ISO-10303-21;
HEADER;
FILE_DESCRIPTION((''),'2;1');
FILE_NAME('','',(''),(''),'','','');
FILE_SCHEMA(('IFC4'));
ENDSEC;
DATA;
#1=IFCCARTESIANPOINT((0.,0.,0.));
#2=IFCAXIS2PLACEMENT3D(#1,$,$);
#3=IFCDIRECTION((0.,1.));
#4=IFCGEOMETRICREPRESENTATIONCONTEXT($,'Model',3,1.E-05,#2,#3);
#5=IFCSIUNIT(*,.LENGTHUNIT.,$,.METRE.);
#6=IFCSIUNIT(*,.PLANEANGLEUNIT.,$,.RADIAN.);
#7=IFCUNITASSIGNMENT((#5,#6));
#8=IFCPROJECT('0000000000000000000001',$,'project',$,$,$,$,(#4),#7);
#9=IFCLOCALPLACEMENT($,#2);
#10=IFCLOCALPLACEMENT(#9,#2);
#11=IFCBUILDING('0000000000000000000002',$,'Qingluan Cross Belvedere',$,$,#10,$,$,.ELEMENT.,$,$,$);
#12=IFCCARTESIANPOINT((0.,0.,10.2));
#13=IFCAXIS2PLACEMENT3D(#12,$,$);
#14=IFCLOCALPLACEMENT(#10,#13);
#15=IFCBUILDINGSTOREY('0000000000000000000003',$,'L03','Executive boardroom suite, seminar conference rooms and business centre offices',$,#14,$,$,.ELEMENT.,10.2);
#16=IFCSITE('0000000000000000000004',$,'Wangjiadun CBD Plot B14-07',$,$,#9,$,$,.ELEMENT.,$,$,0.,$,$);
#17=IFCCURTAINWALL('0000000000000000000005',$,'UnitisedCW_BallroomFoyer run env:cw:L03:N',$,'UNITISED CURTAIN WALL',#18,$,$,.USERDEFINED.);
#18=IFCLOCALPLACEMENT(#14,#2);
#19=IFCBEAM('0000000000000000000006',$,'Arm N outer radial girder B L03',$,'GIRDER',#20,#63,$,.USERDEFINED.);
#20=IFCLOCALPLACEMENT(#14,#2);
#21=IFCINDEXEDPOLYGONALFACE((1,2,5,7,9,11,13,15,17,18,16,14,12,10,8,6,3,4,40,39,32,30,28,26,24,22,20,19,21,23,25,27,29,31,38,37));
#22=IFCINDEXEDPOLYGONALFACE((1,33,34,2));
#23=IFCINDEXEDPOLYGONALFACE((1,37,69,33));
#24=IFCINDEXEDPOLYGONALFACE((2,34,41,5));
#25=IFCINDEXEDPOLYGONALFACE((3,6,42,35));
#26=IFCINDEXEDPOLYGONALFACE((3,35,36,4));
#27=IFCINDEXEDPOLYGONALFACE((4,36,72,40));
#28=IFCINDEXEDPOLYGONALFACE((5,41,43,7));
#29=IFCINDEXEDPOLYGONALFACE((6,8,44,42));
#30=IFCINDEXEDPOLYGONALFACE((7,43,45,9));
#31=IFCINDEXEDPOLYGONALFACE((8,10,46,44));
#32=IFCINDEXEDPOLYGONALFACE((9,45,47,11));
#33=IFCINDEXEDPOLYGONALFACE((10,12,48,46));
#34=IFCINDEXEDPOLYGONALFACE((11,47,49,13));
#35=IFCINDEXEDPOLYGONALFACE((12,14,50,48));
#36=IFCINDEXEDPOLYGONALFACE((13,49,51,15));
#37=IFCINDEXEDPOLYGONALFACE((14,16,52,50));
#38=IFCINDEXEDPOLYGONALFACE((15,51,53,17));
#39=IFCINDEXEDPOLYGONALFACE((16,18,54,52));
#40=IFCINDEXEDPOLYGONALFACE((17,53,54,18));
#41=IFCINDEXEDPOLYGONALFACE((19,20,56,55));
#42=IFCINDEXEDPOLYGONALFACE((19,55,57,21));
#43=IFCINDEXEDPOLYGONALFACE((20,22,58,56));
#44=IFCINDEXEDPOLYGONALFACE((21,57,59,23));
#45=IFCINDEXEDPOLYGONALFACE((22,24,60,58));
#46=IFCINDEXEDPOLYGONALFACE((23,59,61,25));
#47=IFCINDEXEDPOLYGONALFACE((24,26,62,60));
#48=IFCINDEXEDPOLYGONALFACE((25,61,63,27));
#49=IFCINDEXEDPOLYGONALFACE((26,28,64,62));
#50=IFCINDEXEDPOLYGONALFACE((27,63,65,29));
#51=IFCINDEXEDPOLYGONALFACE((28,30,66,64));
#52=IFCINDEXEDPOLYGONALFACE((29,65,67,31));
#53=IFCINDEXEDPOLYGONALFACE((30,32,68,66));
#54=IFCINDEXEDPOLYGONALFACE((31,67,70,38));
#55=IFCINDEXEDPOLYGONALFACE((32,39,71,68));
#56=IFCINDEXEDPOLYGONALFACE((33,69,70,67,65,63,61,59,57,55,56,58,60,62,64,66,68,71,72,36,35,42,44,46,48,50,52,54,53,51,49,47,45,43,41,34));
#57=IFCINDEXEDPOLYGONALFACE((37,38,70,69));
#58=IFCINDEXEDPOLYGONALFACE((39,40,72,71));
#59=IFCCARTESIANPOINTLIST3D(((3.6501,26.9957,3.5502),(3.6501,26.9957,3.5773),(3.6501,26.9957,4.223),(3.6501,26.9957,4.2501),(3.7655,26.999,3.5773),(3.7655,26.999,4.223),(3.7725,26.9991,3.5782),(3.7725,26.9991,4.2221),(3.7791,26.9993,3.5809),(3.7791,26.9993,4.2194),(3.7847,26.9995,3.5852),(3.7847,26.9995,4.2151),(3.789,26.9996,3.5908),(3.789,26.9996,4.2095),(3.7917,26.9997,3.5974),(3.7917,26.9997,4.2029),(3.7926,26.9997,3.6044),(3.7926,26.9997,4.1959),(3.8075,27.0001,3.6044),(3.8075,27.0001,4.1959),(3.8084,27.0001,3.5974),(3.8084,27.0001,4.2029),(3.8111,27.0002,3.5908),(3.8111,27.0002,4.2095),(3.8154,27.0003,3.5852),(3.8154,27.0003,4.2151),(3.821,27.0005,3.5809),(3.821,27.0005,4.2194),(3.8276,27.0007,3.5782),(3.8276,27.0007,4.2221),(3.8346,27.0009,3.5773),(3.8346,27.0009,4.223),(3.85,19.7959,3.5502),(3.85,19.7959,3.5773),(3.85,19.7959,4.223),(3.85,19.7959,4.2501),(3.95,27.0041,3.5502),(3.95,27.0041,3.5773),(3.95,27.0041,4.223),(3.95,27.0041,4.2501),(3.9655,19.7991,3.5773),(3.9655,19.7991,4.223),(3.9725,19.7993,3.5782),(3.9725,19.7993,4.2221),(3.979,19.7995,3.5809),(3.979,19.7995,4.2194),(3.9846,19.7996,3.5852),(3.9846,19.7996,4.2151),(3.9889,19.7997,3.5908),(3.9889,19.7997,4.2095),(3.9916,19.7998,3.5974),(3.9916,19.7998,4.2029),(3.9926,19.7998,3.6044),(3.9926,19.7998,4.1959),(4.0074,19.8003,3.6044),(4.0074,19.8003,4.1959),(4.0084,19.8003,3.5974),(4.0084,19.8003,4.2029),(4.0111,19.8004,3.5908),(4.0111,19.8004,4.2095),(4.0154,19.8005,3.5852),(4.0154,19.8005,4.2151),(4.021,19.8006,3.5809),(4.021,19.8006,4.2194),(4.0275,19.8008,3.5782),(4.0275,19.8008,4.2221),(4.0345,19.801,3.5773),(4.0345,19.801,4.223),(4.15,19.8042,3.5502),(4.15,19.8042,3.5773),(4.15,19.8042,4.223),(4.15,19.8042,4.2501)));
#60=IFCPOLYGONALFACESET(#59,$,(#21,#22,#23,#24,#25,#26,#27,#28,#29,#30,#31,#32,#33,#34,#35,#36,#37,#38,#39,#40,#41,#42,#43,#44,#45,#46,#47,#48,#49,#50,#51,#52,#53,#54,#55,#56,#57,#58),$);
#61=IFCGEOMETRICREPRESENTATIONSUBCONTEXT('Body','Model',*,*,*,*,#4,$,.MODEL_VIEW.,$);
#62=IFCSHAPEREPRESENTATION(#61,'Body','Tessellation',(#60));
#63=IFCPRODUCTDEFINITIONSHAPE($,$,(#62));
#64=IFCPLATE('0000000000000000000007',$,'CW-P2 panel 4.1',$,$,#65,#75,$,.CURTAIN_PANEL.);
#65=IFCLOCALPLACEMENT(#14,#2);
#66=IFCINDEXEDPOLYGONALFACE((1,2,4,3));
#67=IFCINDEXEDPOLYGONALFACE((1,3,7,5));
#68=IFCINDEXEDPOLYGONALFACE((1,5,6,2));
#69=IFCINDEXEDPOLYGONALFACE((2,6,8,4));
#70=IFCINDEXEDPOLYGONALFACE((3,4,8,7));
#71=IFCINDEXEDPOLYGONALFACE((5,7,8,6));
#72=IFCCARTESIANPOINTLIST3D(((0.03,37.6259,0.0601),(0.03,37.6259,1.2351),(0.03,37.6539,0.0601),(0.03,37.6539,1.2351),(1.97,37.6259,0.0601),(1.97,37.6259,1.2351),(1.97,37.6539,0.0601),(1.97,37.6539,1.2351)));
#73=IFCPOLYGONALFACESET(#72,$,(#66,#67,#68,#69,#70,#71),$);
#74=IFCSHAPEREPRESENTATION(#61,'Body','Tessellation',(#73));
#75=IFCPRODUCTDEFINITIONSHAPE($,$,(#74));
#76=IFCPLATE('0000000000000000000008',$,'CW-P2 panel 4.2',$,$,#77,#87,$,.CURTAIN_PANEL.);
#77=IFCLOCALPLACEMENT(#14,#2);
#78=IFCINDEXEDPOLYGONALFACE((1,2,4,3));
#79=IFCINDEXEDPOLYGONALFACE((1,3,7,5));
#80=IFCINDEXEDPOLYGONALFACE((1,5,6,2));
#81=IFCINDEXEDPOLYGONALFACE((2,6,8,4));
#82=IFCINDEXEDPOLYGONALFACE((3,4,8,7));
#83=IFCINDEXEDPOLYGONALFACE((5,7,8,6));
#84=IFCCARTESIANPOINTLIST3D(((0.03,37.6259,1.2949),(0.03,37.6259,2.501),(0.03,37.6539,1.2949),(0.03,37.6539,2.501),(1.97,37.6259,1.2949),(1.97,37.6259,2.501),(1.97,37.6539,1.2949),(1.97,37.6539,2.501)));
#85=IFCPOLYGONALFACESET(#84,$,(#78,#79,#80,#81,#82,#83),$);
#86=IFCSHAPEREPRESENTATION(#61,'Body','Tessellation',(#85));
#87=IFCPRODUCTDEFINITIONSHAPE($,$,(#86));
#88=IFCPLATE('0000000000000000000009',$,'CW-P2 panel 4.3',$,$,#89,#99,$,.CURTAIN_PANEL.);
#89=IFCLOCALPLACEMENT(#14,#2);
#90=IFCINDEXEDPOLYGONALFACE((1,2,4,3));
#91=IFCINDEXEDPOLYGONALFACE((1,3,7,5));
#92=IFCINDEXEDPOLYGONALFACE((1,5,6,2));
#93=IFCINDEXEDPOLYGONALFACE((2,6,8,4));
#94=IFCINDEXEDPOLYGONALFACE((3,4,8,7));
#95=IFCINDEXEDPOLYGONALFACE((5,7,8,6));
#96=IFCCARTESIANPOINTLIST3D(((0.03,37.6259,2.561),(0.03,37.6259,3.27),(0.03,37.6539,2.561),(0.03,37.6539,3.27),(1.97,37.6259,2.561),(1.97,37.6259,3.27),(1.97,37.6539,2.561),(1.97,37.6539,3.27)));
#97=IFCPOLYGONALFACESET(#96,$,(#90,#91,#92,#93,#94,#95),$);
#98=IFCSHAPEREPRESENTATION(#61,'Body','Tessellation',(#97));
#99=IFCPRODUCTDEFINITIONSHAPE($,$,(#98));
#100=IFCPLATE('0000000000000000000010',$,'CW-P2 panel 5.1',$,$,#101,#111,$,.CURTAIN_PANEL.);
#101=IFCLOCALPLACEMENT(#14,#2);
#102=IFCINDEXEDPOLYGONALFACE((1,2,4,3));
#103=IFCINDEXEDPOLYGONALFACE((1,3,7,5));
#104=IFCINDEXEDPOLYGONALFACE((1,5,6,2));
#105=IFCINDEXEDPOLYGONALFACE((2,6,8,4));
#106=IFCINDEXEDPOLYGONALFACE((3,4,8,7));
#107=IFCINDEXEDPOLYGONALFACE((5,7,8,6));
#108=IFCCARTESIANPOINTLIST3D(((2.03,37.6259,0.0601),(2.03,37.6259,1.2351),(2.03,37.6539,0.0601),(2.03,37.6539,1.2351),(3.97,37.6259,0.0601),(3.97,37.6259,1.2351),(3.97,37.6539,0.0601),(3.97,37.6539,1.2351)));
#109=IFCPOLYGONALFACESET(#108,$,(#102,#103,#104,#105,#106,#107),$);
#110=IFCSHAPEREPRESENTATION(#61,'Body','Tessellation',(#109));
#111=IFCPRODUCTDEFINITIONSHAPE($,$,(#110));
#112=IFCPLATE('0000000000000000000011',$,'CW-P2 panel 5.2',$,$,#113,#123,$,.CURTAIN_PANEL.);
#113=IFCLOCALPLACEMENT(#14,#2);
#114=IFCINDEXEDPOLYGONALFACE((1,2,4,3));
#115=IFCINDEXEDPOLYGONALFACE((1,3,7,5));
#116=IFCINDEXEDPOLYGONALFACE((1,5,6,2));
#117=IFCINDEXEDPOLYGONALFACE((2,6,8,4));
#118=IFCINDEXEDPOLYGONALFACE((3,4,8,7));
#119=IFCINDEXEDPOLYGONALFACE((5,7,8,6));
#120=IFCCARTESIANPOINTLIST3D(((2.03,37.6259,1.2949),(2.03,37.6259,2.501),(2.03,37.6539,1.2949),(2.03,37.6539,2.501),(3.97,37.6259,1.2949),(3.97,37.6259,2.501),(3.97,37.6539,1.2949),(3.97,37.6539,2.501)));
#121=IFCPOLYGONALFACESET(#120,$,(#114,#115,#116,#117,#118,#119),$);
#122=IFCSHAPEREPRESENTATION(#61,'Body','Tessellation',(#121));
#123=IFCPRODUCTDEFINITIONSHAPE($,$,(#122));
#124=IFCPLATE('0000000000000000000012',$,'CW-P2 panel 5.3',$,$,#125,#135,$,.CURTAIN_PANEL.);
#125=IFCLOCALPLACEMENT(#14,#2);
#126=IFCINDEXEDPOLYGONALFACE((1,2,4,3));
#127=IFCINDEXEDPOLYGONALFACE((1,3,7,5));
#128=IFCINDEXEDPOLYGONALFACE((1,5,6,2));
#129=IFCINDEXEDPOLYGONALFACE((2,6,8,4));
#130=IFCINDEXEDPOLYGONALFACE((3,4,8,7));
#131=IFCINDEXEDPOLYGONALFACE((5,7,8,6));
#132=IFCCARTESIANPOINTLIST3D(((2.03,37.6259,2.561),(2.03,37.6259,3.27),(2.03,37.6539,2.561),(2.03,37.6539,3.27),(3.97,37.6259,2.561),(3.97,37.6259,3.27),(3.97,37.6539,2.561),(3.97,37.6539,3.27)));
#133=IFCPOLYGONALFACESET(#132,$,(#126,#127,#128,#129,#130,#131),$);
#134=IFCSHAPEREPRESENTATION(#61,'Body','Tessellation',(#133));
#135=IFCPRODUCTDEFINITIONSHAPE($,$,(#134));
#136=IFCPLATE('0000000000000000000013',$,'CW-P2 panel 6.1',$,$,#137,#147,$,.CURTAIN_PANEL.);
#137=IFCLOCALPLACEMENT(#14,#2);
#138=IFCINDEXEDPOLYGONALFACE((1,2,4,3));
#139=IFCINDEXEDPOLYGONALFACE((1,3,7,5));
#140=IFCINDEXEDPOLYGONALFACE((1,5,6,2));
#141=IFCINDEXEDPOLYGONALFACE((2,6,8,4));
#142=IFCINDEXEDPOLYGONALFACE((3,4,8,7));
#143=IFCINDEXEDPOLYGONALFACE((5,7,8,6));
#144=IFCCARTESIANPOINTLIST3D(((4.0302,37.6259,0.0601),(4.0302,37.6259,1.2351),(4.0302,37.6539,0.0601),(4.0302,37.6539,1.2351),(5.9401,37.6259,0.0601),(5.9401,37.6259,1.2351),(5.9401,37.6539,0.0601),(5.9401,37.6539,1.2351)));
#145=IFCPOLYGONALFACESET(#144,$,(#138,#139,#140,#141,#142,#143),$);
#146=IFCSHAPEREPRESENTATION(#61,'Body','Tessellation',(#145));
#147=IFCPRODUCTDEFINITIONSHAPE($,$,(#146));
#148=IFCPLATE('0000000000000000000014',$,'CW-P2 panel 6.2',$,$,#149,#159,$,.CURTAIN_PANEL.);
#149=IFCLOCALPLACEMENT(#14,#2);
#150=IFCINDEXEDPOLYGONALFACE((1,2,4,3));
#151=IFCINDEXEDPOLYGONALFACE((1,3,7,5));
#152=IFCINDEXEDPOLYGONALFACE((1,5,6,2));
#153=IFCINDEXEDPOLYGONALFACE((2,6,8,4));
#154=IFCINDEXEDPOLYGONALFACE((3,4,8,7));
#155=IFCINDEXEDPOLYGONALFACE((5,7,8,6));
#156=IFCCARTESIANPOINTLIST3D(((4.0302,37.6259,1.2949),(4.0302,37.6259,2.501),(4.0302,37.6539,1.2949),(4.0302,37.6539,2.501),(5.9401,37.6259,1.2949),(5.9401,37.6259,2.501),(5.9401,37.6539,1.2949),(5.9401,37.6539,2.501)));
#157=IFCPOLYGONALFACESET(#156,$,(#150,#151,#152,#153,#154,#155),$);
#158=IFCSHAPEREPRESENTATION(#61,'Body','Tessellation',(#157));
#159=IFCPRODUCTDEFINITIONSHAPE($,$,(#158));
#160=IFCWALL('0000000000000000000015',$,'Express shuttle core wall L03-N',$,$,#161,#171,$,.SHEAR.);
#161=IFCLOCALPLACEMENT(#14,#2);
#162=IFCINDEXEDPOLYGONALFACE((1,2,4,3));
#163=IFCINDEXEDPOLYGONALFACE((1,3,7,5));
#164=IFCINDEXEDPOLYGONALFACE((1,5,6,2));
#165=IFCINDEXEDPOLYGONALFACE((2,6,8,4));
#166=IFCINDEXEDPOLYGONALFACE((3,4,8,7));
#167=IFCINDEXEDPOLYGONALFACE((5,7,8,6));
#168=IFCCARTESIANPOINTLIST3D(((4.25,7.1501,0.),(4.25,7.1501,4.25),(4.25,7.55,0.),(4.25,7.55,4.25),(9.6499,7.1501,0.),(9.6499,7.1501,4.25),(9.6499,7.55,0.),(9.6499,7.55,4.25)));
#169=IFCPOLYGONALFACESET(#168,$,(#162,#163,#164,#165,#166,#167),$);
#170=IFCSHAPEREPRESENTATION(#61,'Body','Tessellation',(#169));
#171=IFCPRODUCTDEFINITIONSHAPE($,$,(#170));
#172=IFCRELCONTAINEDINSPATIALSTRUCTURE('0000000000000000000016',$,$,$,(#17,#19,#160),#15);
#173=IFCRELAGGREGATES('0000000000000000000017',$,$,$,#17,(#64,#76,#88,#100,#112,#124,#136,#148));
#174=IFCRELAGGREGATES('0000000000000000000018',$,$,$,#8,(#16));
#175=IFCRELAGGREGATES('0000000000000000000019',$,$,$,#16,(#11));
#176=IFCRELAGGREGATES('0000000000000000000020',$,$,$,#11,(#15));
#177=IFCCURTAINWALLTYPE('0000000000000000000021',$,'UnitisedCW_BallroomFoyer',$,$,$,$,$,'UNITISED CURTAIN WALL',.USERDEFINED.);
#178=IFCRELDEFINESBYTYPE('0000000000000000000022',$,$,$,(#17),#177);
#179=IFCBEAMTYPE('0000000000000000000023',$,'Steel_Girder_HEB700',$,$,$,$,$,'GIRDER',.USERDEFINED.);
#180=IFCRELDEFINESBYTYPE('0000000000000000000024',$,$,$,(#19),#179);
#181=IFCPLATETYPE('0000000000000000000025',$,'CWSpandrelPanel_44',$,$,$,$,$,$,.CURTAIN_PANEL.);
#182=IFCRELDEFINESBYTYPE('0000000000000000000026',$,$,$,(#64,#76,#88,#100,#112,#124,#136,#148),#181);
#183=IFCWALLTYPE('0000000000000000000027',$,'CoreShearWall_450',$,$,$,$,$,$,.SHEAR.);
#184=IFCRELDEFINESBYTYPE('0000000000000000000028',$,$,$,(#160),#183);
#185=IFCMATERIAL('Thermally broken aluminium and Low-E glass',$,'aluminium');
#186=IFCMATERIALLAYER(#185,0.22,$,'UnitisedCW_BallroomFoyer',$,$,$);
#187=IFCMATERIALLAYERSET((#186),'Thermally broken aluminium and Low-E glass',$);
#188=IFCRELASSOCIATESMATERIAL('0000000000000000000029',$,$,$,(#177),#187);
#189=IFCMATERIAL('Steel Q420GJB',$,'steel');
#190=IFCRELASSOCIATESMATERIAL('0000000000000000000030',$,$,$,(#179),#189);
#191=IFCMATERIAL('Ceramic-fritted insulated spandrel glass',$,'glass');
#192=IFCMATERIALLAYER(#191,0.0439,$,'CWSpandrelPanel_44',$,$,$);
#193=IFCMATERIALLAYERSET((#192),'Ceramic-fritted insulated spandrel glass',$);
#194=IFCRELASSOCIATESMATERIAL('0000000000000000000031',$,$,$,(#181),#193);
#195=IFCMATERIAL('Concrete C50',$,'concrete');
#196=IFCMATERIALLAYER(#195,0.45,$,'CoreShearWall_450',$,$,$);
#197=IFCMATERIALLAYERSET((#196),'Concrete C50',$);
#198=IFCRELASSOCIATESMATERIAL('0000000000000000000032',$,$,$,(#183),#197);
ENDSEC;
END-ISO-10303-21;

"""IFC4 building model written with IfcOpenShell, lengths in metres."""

from ifc_helpers import new_model, si_unit, direction, frame, frame_2d, origin, origin_2d, place, context, subcontext, project, spatial, rectangle, i_section, extrude, material, layer, layer_set, material_profile, profile_set, type_object, element, aggregate, save


model = new_model("IFC4")

# Units and contexts
model_context = context("Model", 3, precision=1e-05, world=origin(), true_north=direction((0.0, 1.0)))
body_context = subcontext(model_context, "Body", "Model", "MODEL_VIEW")
ifc_project = project(units=[si_unit("LENGTHUNIT", "METRE"), si_unit("PLANEANGLEUNIT", "RADIAN")], contexts=[model_context])

# Site, building, storey
site_placement = place(None, origin())
site = spatial("IfcSite", under=ifc_project, at=site_placement, Name="Wangjiadun CBD Plot B14-07", CompositionType="ELEMENT", RefElevation=0.0)
building_placement = place(site_placement, origin())
building = spatial("IfcBuilding", under=site, at=building_placement, Name="Qingluan Cross Belvedere", CompositionType="ELEMENT")
storey_placement = place(building_placement, frame((0.0, 0.0, 10.2)))
storey = spatial("IfcBuildingStorey", under=building, at=storey_placement, Name="L03", Description="Executive boardroom suite, seminar conference rooms and business centre offices", CompositionType="ELEMENT", Elevation=10.2)

# Curtain wall
ifc_material_1 = material(Name="Thermally broken aluminium and Low-E glass", Category="aluminium")
ifc_layer_1 = layer(ifc_material_1, 0.22, Name="UnitisedCW_BallroomFoyer")
ifc_layer_set_1 = layer_set([ifc_layer_1], Name="Thermally broken aluminium and Low-E glass")
curtain_wall_type = type_object("IfcCurtainWallType", Name="UnitisedCW_BallroomFoyer", ElementType="UNITISED CURTAIN WALL", PredefinedType="USERDEFINED", material=ifc_layer_set_1)
curtain_wall_placement = place(storey_placement, origin())
curtain_wall = element("IfcCurtainWall", 1, at=curtain_wall_placement, inside=storey, type_object=curtain_wall_type, Name="UnitisedCW_BallroomFoyer run env:cw:L03:N", ObjectType="UNITISED CURTAIN WALL", PredefinedType="USERDEFINED")

# Beam
ifc_material_2 = material(Name="Steel Q420GJB", Category="steel")
ifc_material_profile_1 = material_profile(ifc_material_2, i_section(OverallWidth=0.3, OverallDepth=0.7, WebThickness=0.0149, FlangeThickness=0.0271, FilletRadius=0.0271, at=origin_2d()), Name="HEB700")
ifc_profile_set_1 = profile_set([ifc_material_profile_1], Name="Steel Q420GJB")
beam_type = type_object("IfcBeamType", Name="Steel_Girder_HEB700", ElementType="GIRDER", PredefinedType="USERDEFINED", material=ifc_profile_set_1)
beam_1_placement = place(storey_placement, frame((4.0, 19.8, 3.9001), z_axis=(-0.02776, 0.999615, 0.0), x_axis=(-0.999615, -0.02776, 0.0)))
element("IfcBeam", 2, at=beam_1_placement, inside=storey, type_object=beam_type, Name="Arm N outer radial girder B L03", ObjectType="GIRDER", PredefinedType="USERDEFINED", context=body_context, shape_type="SweptSolid", body=[
    extrude(i_section(OverallWidth=0.3, OverallDepth=0.7, WebThickness=0.0149, FlangeThickness=0.0271, FilletRadius=0.0271, at=origin_2d()), origin(), (0.0, 0.0, 1.0), 7.2026),
])

# Plates
ifc_material_3 = material(Name="Ceramic-fritted insulated spandrel glass", Category="glass")
ifc_layer_2 = layer(ifc_material_3, 0.0439, Name="CWSpandrelPanel_44")
ifc_layer_set_2 = layer_set([ifc_layer_2], Name="Ceramic-fritted insulated spandrel glass")
plate_type = type_object("IfcPlateType", Name="CWSpandrelPanel_44", PredefinedType="CURTAIN_PANEL", material=ifc_layer_set_2)
plate_1_placement = place(storey_placement, frame((1.0, 37.6399, 0.0601), z_axis=(0.0, 0.0, 1.0), x_axis=(1.0, 0.0, 0.0)))
plate_1 = element("IfcPlate", 3, at=plate_1_placement, type_object=plate_type, Name="CW-P2 panel 4.1", PredefinedType="CURTAIN_PANEL", context=body_context, shape_type="SweptSolid", body=[
    extrude(rectangle(XDim=1.9399, YDim=0.0281, at=origin_2d()), origin(), (0.0, 0.0, 1.0), 1.175),
])
plate_2_placement = place(storey_placement, frame((1.0, 37.6399, 1.2949), z_axis=(0.0, 0.0, 1.0), x_axis=(1.0, 0.0, 0.0)))
plate_2 = element("IfcPlate", 4, at=plate_2_placement, type_object=plate_type, Name="CW-P2 panel 4.2", PredefinedType="CURTAIN_PANEL", context=body_context, shape_type="SweptSolid", body=[
    extrude(rectangle(XDim=1.9399, YDim=0.0281, at=origin_2d()), origin(), (0.0, 0.0, 1.0), 1.2061),
])
plate_3_placement = place(storey_placement, frame((1.0, 37.6399, 2.561), z_axis=(0.0, 0.0, 1.0), x_axis=(1.0, 0.0, 0.0)))
plate_3 = element("IfcPlate", 5, at=plate_3_placement, type_object=plate_type, Name="CW-P2 panel 4.3", PredefinedType="CURTAIN_PANEL", context=body_context, shape_type="SweptSolid", body=[
    extrude(rectangle(XDim=1.9399, YDim=0.0281, at=origin_2d()), origin(), (0.0, 0.0, 1.0), 0.709),
])
plate_4_placement = place(storey_placement, frame((3.0, 37.6399, 0.0601), z_axis=(0.0, 0.0, 1.0), x_axis=(1.0, 0.0, 0.0)))
plate_4 = element("IfcPlate", 6, at=plate_4_placement, type_object=plate_type, Name="CW-P2 panel 5.1", PredefinedType="CURTAIN_PANEL", context=body_context, shape_type="SweptSolid", body=[
    extrude(rectangle(XDim=1.9399, YDim=0.0281, at=origin_2d()), origin(), (0.0, 0.0, 1.0), 1.175),
])
plate_5_placement = place(storey_placement, frame((3.0, 37.6399, 1.2949), z_axis=(0.0, 0.0, 1.0), x_axis=(1.0, 0.0, 0.0)))
plate_5 = element("IfcPlate", 7, at=plate_5_placement, type_object=plate_type, Name="CW-P2 panel 5.2", PredefinedType="CURTAIN_PANEL", context=body_context, shape_type="SweptSolid", body=[
    extrude(rectangle(XDim=1.9399, YDim=0.0281, at=origin_2d()), origin(), (0.0, 0.0, 1.0), 1.2061),
])
plate_6_placement = place(storey_placement, frame((3.0, 37.6399, 2.561), z_axis=(0.0, 0.0, 1.0), x_axis=(1.0, 0.0, 0.0)))
plate_6 = element("IfcPlate", 8, at=plate_6_placement, type_object=plate_type, Name="CW-P2 panel 5.3", PredefinedType="CURTAIN_PANEL", context=body_context, shape_type="SweptSolid", body=[
    extrude(rectangle(XDim=1.9399, YDim=0.0281, at=origin_2d()), origin(), (0.0, 0.0, 1.0), 0.709),
])
plate_7_placement = place(storey_placement, frame((4.9851, 37.6399, 0.0601), z_axis=(0.0, 0.0, 1.0), x_axis=(1.0, 0.0, 0.0)))
plate_7 = element("IfcPlate", 9, at=plate_7_placement, type_object=plate_type, Name="CW-P2 panel 6.1", PredefinedType="CURTAIN_PANEL", context=body_context, shape_type="SweptSolid", body=[
    extrude(rectangle(XDim=1.9099, YDim=0.0281, at=origin_2d()), origin(), (0.0, 0.0, 1.0), 1.175),
])
plate_8_placement = place(storey_placement, frame((4.9851, 37.6399, 1.2949), z_axis=(0.0, 0.0, 1.0), x_axis=(1.0, 0.0, 0.0)))
plate_8 = element("IfcPlate", 10, at=plate_8_placement, type_object=plate_type, Name="CW-P2 panel 6.2", PredefinedType="CURTAIN_PANEL", context=body_context, shape_type="SweptSolid", body=[
    extrude(rectangle(XDim=1.9099, YDim=0.0281, at=origin_2d()), origin(), (0.0, 0.0, 1.0), 1.2061),
])
aggregate(curtain_wall, [plate_1, plate_2, plate_3, plate_4, plate_5, plate_6, plate_7, plate_8])

# Wall
ifc_material_4 = material(Name="Concrete C50", Category="concrete")
ifc_layer_3 = layer(ifc_material_4, 0.45, Name="CoreShearWall_450")
ifc_layer_set_3 = layer_set([ifc_layer_3], Name="Concrete C50")
wall_type = type_object("IfcWallType", Name="CoreShearWall_450", PredefinedType="SHEAR", material=ifc_layer_set_3)
wall_placement = place(storey_placement, frame((4.25, 7.3501, 0.0), z_axis=(0.0, 0.0, 1.0), x_axis=(1.0, 0.0, 0.0)))
element("IfcWall", 11, at=wall_placement, inside=storey, type_object=wall_type, Name="Express shuttle core wall L03-N", PredefinedType="SHEAR", context=body_context, shape_type="SweptSolid", body=[
    extrude(rectangle(XDim=5.3999, YDim=0.3999, at=frame_2d((2.7, 0.0))), origin(), (0.0, 0.0, 1.0), 4.25),
])

save(model, "model.ifc")
